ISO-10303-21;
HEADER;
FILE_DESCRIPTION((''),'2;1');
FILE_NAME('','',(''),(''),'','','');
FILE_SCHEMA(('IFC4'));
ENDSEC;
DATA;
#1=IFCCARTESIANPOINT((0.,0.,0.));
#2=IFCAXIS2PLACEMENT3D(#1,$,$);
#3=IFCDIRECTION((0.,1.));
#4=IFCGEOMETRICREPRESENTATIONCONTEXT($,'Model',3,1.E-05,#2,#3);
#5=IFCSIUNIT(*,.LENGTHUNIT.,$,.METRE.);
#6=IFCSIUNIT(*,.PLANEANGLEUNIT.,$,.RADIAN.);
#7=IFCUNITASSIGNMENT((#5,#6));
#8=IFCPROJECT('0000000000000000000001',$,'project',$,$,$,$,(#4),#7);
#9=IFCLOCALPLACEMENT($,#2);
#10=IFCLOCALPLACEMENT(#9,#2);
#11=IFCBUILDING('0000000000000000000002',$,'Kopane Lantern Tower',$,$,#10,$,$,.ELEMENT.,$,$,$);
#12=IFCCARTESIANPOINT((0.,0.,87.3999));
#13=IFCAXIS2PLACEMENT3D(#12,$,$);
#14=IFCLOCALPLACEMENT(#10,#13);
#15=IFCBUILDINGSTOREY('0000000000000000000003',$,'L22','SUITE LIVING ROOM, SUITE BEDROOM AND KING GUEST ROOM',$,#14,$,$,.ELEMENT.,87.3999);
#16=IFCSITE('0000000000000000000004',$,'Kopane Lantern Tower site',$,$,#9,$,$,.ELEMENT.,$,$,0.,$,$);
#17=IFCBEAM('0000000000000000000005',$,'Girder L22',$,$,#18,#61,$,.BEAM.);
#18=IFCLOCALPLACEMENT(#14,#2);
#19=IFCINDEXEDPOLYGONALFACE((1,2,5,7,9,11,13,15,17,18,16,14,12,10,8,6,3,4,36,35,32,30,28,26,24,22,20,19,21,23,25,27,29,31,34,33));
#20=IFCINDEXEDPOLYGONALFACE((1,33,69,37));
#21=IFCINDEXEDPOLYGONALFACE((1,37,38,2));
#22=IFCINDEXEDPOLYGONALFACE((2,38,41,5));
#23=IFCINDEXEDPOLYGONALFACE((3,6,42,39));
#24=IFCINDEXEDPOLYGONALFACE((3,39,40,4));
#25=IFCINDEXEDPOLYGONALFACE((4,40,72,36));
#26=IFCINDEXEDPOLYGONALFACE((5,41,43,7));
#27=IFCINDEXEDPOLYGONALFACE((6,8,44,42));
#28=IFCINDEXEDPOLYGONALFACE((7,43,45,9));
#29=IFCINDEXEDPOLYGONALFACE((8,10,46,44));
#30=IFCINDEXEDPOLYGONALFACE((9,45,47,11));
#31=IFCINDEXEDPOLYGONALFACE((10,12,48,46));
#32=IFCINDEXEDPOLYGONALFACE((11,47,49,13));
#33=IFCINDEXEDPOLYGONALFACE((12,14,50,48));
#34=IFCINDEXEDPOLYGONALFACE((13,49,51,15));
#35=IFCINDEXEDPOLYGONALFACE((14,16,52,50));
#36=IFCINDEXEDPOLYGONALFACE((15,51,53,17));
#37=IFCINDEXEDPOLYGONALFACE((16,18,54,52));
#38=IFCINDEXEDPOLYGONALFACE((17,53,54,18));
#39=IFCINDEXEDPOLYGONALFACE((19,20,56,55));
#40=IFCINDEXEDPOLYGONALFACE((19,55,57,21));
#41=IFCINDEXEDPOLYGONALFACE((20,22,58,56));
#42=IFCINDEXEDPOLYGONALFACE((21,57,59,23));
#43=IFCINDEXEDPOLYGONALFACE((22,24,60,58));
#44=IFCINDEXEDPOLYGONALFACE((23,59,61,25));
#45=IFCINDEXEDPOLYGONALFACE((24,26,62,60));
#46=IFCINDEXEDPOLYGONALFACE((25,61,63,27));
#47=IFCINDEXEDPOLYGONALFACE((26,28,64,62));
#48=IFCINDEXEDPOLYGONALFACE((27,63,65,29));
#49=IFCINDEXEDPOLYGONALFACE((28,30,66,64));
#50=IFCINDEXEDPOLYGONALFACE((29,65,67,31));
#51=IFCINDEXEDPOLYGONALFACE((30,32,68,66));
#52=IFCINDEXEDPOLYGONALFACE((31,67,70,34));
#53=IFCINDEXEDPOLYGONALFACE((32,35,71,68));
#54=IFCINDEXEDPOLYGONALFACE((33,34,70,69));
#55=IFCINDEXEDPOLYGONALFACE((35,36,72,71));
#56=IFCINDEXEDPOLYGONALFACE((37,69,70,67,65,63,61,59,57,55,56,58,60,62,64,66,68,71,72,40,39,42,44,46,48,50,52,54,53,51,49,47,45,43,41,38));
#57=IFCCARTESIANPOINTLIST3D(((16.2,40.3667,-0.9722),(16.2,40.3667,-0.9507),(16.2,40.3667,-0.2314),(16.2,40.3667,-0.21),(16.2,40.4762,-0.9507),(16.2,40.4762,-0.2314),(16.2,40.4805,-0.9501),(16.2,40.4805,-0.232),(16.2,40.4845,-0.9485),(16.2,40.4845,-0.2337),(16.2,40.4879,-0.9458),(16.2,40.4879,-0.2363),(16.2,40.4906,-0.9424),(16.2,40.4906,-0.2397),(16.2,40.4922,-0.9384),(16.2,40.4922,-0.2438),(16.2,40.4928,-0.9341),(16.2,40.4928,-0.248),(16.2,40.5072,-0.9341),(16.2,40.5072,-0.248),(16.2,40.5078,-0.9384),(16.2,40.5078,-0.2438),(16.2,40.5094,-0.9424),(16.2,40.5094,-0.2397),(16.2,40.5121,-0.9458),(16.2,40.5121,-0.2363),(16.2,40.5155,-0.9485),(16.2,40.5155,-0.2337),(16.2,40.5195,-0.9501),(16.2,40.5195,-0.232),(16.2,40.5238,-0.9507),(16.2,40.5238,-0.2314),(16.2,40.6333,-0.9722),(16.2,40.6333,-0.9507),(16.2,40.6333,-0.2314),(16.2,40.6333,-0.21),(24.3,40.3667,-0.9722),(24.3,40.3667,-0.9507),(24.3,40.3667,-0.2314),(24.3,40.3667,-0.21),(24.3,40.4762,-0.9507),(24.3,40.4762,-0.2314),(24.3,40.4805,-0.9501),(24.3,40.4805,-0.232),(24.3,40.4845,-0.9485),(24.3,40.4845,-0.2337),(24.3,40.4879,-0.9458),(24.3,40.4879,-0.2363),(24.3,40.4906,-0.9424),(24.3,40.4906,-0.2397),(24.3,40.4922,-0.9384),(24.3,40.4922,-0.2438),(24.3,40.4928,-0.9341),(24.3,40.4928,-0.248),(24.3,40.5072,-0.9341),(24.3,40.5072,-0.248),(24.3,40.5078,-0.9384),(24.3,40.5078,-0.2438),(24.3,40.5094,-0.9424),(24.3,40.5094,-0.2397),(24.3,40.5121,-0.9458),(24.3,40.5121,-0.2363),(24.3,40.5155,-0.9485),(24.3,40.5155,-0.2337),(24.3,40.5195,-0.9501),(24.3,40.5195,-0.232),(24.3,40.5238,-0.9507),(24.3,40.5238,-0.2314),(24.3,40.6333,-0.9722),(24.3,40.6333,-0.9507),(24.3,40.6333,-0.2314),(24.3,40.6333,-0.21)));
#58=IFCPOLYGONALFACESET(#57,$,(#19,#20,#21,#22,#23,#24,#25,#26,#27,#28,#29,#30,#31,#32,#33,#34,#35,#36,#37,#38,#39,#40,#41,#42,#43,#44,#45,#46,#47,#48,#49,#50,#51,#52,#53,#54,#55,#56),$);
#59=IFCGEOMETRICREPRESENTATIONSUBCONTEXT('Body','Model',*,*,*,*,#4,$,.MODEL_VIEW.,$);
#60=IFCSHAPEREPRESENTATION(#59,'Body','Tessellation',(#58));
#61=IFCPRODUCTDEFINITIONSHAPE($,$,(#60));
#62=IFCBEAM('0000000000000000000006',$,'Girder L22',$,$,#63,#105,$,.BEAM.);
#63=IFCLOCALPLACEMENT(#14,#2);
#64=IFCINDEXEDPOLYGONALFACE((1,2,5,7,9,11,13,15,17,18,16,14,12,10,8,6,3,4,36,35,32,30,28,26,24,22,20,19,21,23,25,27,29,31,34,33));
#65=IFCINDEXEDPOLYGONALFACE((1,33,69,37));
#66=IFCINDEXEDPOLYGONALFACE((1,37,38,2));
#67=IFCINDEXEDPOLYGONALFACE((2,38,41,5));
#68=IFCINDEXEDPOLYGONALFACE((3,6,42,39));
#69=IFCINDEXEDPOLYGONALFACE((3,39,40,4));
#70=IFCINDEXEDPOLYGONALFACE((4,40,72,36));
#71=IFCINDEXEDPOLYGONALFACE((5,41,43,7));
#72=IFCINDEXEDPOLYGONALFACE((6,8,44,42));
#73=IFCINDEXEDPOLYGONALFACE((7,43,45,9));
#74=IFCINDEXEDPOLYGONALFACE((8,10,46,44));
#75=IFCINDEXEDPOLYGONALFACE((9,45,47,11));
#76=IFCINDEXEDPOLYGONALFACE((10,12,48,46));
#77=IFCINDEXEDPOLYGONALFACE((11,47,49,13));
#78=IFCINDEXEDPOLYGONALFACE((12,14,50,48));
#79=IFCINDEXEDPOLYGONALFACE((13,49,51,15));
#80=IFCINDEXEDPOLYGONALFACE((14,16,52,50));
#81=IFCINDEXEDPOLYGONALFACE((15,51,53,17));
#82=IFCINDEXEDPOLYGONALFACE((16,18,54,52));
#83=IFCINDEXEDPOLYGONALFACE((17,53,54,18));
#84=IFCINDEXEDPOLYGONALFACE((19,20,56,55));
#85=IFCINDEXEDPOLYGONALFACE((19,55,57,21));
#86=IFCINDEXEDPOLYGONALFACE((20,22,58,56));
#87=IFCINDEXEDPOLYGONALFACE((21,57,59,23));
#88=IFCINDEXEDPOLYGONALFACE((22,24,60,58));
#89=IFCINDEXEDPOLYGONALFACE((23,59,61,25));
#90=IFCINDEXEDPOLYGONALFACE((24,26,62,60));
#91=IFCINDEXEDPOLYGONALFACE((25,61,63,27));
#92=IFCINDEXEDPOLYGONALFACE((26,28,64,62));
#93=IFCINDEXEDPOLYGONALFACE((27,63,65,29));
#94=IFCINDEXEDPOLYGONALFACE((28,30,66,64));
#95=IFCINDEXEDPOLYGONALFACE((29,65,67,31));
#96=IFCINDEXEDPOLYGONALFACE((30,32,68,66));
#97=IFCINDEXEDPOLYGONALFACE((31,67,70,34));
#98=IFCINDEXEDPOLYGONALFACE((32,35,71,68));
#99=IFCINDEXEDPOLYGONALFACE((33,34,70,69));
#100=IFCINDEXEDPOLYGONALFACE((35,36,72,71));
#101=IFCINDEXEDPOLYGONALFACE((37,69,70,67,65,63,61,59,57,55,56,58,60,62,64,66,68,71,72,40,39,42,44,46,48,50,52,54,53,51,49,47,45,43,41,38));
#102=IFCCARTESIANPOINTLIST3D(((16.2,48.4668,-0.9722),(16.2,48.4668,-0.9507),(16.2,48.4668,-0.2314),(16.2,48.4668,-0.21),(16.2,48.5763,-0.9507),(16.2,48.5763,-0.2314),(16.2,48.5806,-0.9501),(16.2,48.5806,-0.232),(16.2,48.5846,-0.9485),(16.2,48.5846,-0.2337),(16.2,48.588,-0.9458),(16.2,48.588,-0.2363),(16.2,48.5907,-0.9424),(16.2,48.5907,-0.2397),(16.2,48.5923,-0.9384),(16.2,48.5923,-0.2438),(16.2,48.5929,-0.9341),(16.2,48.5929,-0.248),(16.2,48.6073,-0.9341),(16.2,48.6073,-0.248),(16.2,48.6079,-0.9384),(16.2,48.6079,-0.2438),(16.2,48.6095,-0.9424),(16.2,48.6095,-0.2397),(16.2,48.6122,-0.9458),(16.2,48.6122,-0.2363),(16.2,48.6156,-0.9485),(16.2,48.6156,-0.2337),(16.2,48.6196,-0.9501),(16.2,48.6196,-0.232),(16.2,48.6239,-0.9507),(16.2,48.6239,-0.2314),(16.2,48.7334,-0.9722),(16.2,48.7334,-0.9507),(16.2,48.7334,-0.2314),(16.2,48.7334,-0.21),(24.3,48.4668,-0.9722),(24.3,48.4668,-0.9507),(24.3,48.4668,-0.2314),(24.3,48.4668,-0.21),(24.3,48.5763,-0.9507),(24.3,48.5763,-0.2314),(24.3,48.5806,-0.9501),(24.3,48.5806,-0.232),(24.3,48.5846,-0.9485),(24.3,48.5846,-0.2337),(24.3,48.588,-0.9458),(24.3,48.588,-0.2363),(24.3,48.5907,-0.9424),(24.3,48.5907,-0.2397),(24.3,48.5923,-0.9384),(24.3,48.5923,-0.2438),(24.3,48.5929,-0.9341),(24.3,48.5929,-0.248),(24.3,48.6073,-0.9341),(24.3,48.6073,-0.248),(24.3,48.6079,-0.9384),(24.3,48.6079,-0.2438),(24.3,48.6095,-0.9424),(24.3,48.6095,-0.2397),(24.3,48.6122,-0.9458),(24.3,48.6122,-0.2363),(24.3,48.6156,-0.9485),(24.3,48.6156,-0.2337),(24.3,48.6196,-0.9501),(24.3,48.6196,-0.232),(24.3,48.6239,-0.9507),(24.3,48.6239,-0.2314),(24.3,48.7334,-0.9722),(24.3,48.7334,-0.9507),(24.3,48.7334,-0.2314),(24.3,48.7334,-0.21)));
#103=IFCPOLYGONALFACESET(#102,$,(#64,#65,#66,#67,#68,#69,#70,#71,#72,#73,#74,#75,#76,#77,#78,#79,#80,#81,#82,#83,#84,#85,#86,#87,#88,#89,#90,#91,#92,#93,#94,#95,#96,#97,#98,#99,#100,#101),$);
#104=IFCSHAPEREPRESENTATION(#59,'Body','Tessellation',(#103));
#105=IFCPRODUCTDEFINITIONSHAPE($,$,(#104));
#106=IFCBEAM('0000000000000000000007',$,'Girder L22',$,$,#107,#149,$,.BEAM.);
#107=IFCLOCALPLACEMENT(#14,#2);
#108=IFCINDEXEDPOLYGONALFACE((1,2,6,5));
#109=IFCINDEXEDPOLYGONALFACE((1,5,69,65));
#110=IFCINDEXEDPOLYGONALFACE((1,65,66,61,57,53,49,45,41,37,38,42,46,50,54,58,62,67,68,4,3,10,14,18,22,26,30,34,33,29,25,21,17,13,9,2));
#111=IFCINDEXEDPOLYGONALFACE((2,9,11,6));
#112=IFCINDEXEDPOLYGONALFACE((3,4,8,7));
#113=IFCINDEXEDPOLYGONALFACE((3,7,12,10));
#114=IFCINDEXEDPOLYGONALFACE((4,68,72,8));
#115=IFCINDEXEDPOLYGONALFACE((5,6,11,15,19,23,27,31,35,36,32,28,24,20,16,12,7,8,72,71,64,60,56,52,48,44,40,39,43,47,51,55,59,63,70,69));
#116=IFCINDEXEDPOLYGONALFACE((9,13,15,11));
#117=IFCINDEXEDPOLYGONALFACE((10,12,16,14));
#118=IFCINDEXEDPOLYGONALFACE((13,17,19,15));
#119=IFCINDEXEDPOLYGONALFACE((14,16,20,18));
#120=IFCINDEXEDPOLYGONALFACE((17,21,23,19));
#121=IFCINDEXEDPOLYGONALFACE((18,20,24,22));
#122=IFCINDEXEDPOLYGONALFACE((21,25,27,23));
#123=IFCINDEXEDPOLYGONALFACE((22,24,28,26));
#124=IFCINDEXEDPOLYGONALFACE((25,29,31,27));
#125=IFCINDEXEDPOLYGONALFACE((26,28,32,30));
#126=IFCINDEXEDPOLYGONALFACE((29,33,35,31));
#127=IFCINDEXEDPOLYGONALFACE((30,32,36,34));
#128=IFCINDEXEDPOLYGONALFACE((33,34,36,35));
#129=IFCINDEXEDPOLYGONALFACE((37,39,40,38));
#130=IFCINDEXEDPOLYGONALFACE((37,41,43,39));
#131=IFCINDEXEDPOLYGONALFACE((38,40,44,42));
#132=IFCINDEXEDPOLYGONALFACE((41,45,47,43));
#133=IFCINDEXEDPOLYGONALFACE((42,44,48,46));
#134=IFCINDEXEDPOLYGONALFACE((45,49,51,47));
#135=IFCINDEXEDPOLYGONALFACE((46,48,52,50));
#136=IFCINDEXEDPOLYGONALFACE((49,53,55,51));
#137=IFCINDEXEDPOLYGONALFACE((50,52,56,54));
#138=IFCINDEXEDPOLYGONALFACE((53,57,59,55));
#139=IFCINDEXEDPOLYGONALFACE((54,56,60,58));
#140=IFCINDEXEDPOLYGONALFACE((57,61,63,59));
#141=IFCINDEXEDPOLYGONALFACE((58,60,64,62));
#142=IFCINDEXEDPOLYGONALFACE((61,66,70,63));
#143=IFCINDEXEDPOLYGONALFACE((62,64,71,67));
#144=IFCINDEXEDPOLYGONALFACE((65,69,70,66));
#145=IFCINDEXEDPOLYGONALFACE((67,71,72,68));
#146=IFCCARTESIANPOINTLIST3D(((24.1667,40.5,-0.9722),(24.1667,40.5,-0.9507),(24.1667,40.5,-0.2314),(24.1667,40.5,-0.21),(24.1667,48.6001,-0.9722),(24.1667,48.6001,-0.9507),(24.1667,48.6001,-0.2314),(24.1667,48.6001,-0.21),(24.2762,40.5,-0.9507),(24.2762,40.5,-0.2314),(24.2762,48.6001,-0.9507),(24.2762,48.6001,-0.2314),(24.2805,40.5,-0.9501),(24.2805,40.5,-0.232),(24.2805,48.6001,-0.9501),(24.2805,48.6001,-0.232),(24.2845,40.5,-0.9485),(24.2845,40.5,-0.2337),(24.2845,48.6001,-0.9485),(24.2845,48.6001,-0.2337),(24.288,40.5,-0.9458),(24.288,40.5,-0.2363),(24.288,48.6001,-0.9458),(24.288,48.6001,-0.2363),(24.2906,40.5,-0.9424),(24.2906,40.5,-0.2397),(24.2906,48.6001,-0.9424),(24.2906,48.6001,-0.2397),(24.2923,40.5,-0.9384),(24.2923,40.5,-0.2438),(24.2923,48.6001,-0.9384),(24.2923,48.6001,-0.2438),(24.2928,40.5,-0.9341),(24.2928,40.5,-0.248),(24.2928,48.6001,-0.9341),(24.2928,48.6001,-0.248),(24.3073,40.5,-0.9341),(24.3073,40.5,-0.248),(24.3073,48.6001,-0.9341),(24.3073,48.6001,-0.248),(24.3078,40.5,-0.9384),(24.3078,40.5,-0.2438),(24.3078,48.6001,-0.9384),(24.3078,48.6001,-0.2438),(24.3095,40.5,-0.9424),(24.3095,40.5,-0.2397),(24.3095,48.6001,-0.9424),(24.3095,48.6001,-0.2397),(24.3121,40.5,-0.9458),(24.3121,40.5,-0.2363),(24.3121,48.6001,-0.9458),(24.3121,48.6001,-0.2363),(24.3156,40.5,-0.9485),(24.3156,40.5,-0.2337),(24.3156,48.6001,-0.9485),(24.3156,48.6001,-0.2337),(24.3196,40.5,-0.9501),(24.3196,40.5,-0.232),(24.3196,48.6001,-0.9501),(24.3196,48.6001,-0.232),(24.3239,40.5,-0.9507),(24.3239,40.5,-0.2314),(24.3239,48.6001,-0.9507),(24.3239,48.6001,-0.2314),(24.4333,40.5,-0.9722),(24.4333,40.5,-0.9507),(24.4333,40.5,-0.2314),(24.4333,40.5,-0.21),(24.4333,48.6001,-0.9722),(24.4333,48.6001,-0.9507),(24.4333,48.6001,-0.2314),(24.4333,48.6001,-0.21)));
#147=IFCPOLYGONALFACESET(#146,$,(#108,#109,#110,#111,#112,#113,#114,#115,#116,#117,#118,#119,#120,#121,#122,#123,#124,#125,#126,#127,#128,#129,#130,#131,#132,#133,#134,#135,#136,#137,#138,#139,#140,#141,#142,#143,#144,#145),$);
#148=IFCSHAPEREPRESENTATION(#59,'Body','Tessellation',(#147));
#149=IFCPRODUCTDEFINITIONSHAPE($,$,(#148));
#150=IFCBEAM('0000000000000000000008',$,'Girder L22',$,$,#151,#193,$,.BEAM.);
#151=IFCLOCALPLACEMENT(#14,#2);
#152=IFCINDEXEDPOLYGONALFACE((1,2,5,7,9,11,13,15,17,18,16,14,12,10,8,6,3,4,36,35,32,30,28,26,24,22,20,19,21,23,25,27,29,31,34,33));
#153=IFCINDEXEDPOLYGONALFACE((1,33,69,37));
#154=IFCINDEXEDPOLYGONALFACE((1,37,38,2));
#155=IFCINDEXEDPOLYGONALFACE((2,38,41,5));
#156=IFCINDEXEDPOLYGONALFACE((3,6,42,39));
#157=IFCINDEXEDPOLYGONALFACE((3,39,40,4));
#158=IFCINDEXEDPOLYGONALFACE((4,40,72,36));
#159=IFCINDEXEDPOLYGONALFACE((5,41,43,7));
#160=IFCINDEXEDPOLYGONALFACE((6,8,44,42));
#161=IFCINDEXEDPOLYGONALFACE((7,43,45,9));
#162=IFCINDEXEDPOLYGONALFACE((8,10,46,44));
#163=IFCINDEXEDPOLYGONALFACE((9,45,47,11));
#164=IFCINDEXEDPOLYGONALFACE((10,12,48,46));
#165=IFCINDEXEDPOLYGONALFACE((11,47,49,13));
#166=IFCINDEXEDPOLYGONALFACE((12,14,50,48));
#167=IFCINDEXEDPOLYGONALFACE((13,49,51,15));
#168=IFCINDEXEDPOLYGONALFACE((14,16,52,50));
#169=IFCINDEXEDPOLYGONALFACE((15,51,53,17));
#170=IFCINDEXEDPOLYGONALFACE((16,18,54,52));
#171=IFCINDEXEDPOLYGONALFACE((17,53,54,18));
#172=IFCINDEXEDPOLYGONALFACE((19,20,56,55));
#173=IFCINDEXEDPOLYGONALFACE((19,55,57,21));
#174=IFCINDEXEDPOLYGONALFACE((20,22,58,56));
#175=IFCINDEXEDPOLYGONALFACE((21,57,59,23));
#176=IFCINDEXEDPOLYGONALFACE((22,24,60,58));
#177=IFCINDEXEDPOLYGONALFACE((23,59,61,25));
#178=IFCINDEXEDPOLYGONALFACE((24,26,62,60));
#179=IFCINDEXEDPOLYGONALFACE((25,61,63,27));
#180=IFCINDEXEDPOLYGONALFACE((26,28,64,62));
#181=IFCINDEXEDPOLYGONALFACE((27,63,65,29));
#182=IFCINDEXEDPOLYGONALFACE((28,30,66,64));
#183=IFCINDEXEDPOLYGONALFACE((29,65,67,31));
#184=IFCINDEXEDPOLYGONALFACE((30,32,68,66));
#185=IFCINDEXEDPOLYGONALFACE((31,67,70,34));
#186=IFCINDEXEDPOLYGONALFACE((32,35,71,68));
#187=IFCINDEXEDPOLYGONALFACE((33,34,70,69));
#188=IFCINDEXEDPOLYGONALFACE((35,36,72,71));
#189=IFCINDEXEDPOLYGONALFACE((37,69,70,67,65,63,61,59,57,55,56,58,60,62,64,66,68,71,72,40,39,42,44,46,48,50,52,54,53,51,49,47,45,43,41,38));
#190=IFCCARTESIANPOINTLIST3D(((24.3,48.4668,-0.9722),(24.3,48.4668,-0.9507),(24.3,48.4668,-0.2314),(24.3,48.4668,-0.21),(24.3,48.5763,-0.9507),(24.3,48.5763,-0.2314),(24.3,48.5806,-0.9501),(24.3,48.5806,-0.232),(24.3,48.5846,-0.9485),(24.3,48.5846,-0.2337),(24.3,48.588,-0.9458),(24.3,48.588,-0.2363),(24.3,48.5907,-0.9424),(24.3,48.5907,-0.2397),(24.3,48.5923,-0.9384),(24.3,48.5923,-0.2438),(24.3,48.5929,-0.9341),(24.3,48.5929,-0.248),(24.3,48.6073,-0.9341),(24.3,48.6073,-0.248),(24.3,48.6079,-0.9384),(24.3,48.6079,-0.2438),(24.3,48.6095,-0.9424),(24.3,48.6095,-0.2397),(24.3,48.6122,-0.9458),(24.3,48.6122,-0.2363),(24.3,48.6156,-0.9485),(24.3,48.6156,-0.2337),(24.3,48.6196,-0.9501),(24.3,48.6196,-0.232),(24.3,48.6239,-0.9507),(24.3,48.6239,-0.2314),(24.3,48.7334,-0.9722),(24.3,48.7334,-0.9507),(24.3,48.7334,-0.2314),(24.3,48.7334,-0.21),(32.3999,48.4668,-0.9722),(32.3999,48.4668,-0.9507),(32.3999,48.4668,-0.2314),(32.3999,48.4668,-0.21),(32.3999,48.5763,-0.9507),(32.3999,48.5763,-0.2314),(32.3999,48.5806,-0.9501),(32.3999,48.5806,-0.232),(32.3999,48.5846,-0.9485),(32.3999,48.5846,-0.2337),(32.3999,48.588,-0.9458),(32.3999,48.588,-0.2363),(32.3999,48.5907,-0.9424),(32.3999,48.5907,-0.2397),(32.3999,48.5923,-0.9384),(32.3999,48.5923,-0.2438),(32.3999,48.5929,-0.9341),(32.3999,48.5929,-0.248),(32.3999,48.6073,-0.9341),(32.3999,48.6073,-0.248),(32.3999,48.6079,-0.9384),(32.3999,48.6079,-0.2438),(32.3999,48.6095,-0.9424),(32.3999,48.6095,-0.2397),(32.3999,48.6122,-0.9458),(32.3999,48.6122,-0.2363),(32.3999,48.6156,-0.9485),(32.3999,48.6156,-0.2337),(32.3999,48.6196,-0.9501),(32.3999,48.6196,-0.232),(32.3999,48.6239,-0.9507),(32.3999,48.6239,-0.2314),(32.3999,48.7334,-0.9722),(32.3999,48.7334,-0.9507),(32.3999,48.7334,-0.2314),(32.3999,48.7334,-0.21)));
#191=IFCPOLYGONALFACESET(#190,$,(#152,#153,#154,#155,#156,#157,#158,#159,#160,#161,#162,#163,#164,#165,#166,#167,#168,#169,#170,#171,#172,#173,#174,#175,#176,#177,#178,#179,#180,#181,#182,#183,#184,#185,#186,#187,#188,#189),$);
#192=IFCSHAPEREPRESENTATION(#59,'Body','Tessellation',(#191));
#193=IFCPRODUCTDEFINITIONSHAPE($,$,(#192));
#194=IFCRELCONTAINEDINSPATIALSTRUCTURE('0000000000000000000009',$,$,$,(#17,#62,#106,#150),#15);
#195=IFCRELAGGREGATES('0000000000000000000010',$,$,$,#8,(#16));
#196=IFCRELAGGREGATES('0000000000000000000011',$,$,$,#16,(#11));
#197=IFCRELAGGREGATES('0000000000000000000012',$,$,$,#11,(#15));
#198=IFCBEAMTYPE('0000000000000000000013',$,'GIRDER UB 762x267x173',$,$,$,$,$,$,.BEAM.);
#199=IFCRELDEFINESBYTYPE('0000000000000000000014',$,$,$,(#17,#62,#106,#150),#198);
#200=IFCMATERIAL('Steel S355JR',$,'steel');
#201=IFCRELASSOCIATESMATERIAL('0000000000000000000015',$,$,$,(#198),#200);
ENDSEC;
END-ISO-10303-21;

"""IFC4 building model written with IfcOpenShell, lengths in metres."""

from ifc_helpers import new_model, si_unit, direction, frame, origin, origin_2d, place, context, subcontext, project, spatial, i_section, extrude, material, material_profile, profile_set, type_object, element, save


model = new_model("IFC4")

# Units and contexts
model_context = context("Model", 3, precision=1e-05, world=origin(), true_north=direction((0.0, 1.0)))
body_context = subcontext(model_context, "Body", "Model", "MODEL_VIEW")
ifc_project = project(units=[si_unit("LENGTHUNIT", "METRE"), si_unit("PLANEANGLEUNIT", "RADIAN")], contexts=[model_context])

# Site, building, storey
site_placement = place(None, origin())
site = spatial("IfcSite", under=ifc_project, at=site_placement, Name="Kopane Lantern Tower site", CompositionType="ELEMENT", RefElevation=0.0)
building_placement = place(site_placement, origin())
building = spatial("IfcBuilding", under=site, at=building_placement, Name="Kopane Lantern Tower", CompositionType="ELEMENT")
storey_placement = place(building_placement, frame((0.0, 0.0, 87.3999)))
storey = spatial("IfcBuildingStorey", under=building, at=storey_placement, Name="L22", Description="SUITE LIVING ROOM, SUITE BEDROOM AND KING GUEST ROOM", CompositionType="ELEMENT", Elevation=87.3999)

# Beams
ifc_material_1 = material(Name="Steel S355JR", Category="steel")
ifc_material_profile_1 = material_profile(ifc_material_1, i_section(OverallWidth=0.2666, OverallDepth=0.7622, WebThickness=0.0144, FlangeThickness=0.0215, FilletRadius=0.0166, at=origin_2d()), Name="UB 762x267x173")
ifc_profile_set_1 = profile_set([ifc_material_profile_1], Name="Steel S355JR")
beam_type_1 = type_object("IfcBeamType", Name="GIRDER UB 762x267x173", PredefinedType="BEAM", material=ifc_profile_set_1)
for number, where, z_axis, x_axis, name in (
    (1, (16.2, 40.5, -0.5911), (1.0, 0.0, 0.0), (0.0, 1.0, 0.0), "Girder L22"),
    (2, (16.2, 48.6001, -0.5911), (1.0, 0.0, 0.0), (0.0, 1.0, 0.0), "Girder L22"),
    (3, (24.3, 40.5, -0.5911), (0.0, 1.0, 0.0), (-1.0, 0.0, 0.0), "Girder L22"),
):
    element("IfcBeam", number, at=place(storey_placement, frame(where, z_axis=z_axis, x_axis=x_axis)), inside=storey, type_object=beam_type_1, Name=name, PredefinedType="BEAM", context=body_context, shape_type="SweptSolid", body=[
        extrude(i_section(OverallWidth=0.2666, OverallDepth=0.7622, WebThickness=0.0144, FlangeThickness=0.0215, FilletRadius=0.0166, at=origin_2d()), origin(), (0.0, 0.0, 1.0), 8.1001),
    ])
beam_1_placement = place(storey_placement, frame((24.3, 48.6001, -0.5911), z_axis=(1.0, 0.0, 0.0), x_axis=(0.0, 1.0, 0.0)))
element("IfcBeam", 4, at=beam_1_placement, inside=storey, type_object=beam_type_1, Name="Girder L22", PredefinedType="BEAM", context=body_context, shape_type="SweptSolid", body=[
    extrude(i_section(OverallWidth=0.2666, OverallDepth=0.7622, WebThickness=0.0144, FlangeThickness=0.0215, FilletRadius=0.0166, at=origin_2d()), origin(), (0.0, 0.0, 1.0), 8.0999),
])

save(model, "model.ifc")
